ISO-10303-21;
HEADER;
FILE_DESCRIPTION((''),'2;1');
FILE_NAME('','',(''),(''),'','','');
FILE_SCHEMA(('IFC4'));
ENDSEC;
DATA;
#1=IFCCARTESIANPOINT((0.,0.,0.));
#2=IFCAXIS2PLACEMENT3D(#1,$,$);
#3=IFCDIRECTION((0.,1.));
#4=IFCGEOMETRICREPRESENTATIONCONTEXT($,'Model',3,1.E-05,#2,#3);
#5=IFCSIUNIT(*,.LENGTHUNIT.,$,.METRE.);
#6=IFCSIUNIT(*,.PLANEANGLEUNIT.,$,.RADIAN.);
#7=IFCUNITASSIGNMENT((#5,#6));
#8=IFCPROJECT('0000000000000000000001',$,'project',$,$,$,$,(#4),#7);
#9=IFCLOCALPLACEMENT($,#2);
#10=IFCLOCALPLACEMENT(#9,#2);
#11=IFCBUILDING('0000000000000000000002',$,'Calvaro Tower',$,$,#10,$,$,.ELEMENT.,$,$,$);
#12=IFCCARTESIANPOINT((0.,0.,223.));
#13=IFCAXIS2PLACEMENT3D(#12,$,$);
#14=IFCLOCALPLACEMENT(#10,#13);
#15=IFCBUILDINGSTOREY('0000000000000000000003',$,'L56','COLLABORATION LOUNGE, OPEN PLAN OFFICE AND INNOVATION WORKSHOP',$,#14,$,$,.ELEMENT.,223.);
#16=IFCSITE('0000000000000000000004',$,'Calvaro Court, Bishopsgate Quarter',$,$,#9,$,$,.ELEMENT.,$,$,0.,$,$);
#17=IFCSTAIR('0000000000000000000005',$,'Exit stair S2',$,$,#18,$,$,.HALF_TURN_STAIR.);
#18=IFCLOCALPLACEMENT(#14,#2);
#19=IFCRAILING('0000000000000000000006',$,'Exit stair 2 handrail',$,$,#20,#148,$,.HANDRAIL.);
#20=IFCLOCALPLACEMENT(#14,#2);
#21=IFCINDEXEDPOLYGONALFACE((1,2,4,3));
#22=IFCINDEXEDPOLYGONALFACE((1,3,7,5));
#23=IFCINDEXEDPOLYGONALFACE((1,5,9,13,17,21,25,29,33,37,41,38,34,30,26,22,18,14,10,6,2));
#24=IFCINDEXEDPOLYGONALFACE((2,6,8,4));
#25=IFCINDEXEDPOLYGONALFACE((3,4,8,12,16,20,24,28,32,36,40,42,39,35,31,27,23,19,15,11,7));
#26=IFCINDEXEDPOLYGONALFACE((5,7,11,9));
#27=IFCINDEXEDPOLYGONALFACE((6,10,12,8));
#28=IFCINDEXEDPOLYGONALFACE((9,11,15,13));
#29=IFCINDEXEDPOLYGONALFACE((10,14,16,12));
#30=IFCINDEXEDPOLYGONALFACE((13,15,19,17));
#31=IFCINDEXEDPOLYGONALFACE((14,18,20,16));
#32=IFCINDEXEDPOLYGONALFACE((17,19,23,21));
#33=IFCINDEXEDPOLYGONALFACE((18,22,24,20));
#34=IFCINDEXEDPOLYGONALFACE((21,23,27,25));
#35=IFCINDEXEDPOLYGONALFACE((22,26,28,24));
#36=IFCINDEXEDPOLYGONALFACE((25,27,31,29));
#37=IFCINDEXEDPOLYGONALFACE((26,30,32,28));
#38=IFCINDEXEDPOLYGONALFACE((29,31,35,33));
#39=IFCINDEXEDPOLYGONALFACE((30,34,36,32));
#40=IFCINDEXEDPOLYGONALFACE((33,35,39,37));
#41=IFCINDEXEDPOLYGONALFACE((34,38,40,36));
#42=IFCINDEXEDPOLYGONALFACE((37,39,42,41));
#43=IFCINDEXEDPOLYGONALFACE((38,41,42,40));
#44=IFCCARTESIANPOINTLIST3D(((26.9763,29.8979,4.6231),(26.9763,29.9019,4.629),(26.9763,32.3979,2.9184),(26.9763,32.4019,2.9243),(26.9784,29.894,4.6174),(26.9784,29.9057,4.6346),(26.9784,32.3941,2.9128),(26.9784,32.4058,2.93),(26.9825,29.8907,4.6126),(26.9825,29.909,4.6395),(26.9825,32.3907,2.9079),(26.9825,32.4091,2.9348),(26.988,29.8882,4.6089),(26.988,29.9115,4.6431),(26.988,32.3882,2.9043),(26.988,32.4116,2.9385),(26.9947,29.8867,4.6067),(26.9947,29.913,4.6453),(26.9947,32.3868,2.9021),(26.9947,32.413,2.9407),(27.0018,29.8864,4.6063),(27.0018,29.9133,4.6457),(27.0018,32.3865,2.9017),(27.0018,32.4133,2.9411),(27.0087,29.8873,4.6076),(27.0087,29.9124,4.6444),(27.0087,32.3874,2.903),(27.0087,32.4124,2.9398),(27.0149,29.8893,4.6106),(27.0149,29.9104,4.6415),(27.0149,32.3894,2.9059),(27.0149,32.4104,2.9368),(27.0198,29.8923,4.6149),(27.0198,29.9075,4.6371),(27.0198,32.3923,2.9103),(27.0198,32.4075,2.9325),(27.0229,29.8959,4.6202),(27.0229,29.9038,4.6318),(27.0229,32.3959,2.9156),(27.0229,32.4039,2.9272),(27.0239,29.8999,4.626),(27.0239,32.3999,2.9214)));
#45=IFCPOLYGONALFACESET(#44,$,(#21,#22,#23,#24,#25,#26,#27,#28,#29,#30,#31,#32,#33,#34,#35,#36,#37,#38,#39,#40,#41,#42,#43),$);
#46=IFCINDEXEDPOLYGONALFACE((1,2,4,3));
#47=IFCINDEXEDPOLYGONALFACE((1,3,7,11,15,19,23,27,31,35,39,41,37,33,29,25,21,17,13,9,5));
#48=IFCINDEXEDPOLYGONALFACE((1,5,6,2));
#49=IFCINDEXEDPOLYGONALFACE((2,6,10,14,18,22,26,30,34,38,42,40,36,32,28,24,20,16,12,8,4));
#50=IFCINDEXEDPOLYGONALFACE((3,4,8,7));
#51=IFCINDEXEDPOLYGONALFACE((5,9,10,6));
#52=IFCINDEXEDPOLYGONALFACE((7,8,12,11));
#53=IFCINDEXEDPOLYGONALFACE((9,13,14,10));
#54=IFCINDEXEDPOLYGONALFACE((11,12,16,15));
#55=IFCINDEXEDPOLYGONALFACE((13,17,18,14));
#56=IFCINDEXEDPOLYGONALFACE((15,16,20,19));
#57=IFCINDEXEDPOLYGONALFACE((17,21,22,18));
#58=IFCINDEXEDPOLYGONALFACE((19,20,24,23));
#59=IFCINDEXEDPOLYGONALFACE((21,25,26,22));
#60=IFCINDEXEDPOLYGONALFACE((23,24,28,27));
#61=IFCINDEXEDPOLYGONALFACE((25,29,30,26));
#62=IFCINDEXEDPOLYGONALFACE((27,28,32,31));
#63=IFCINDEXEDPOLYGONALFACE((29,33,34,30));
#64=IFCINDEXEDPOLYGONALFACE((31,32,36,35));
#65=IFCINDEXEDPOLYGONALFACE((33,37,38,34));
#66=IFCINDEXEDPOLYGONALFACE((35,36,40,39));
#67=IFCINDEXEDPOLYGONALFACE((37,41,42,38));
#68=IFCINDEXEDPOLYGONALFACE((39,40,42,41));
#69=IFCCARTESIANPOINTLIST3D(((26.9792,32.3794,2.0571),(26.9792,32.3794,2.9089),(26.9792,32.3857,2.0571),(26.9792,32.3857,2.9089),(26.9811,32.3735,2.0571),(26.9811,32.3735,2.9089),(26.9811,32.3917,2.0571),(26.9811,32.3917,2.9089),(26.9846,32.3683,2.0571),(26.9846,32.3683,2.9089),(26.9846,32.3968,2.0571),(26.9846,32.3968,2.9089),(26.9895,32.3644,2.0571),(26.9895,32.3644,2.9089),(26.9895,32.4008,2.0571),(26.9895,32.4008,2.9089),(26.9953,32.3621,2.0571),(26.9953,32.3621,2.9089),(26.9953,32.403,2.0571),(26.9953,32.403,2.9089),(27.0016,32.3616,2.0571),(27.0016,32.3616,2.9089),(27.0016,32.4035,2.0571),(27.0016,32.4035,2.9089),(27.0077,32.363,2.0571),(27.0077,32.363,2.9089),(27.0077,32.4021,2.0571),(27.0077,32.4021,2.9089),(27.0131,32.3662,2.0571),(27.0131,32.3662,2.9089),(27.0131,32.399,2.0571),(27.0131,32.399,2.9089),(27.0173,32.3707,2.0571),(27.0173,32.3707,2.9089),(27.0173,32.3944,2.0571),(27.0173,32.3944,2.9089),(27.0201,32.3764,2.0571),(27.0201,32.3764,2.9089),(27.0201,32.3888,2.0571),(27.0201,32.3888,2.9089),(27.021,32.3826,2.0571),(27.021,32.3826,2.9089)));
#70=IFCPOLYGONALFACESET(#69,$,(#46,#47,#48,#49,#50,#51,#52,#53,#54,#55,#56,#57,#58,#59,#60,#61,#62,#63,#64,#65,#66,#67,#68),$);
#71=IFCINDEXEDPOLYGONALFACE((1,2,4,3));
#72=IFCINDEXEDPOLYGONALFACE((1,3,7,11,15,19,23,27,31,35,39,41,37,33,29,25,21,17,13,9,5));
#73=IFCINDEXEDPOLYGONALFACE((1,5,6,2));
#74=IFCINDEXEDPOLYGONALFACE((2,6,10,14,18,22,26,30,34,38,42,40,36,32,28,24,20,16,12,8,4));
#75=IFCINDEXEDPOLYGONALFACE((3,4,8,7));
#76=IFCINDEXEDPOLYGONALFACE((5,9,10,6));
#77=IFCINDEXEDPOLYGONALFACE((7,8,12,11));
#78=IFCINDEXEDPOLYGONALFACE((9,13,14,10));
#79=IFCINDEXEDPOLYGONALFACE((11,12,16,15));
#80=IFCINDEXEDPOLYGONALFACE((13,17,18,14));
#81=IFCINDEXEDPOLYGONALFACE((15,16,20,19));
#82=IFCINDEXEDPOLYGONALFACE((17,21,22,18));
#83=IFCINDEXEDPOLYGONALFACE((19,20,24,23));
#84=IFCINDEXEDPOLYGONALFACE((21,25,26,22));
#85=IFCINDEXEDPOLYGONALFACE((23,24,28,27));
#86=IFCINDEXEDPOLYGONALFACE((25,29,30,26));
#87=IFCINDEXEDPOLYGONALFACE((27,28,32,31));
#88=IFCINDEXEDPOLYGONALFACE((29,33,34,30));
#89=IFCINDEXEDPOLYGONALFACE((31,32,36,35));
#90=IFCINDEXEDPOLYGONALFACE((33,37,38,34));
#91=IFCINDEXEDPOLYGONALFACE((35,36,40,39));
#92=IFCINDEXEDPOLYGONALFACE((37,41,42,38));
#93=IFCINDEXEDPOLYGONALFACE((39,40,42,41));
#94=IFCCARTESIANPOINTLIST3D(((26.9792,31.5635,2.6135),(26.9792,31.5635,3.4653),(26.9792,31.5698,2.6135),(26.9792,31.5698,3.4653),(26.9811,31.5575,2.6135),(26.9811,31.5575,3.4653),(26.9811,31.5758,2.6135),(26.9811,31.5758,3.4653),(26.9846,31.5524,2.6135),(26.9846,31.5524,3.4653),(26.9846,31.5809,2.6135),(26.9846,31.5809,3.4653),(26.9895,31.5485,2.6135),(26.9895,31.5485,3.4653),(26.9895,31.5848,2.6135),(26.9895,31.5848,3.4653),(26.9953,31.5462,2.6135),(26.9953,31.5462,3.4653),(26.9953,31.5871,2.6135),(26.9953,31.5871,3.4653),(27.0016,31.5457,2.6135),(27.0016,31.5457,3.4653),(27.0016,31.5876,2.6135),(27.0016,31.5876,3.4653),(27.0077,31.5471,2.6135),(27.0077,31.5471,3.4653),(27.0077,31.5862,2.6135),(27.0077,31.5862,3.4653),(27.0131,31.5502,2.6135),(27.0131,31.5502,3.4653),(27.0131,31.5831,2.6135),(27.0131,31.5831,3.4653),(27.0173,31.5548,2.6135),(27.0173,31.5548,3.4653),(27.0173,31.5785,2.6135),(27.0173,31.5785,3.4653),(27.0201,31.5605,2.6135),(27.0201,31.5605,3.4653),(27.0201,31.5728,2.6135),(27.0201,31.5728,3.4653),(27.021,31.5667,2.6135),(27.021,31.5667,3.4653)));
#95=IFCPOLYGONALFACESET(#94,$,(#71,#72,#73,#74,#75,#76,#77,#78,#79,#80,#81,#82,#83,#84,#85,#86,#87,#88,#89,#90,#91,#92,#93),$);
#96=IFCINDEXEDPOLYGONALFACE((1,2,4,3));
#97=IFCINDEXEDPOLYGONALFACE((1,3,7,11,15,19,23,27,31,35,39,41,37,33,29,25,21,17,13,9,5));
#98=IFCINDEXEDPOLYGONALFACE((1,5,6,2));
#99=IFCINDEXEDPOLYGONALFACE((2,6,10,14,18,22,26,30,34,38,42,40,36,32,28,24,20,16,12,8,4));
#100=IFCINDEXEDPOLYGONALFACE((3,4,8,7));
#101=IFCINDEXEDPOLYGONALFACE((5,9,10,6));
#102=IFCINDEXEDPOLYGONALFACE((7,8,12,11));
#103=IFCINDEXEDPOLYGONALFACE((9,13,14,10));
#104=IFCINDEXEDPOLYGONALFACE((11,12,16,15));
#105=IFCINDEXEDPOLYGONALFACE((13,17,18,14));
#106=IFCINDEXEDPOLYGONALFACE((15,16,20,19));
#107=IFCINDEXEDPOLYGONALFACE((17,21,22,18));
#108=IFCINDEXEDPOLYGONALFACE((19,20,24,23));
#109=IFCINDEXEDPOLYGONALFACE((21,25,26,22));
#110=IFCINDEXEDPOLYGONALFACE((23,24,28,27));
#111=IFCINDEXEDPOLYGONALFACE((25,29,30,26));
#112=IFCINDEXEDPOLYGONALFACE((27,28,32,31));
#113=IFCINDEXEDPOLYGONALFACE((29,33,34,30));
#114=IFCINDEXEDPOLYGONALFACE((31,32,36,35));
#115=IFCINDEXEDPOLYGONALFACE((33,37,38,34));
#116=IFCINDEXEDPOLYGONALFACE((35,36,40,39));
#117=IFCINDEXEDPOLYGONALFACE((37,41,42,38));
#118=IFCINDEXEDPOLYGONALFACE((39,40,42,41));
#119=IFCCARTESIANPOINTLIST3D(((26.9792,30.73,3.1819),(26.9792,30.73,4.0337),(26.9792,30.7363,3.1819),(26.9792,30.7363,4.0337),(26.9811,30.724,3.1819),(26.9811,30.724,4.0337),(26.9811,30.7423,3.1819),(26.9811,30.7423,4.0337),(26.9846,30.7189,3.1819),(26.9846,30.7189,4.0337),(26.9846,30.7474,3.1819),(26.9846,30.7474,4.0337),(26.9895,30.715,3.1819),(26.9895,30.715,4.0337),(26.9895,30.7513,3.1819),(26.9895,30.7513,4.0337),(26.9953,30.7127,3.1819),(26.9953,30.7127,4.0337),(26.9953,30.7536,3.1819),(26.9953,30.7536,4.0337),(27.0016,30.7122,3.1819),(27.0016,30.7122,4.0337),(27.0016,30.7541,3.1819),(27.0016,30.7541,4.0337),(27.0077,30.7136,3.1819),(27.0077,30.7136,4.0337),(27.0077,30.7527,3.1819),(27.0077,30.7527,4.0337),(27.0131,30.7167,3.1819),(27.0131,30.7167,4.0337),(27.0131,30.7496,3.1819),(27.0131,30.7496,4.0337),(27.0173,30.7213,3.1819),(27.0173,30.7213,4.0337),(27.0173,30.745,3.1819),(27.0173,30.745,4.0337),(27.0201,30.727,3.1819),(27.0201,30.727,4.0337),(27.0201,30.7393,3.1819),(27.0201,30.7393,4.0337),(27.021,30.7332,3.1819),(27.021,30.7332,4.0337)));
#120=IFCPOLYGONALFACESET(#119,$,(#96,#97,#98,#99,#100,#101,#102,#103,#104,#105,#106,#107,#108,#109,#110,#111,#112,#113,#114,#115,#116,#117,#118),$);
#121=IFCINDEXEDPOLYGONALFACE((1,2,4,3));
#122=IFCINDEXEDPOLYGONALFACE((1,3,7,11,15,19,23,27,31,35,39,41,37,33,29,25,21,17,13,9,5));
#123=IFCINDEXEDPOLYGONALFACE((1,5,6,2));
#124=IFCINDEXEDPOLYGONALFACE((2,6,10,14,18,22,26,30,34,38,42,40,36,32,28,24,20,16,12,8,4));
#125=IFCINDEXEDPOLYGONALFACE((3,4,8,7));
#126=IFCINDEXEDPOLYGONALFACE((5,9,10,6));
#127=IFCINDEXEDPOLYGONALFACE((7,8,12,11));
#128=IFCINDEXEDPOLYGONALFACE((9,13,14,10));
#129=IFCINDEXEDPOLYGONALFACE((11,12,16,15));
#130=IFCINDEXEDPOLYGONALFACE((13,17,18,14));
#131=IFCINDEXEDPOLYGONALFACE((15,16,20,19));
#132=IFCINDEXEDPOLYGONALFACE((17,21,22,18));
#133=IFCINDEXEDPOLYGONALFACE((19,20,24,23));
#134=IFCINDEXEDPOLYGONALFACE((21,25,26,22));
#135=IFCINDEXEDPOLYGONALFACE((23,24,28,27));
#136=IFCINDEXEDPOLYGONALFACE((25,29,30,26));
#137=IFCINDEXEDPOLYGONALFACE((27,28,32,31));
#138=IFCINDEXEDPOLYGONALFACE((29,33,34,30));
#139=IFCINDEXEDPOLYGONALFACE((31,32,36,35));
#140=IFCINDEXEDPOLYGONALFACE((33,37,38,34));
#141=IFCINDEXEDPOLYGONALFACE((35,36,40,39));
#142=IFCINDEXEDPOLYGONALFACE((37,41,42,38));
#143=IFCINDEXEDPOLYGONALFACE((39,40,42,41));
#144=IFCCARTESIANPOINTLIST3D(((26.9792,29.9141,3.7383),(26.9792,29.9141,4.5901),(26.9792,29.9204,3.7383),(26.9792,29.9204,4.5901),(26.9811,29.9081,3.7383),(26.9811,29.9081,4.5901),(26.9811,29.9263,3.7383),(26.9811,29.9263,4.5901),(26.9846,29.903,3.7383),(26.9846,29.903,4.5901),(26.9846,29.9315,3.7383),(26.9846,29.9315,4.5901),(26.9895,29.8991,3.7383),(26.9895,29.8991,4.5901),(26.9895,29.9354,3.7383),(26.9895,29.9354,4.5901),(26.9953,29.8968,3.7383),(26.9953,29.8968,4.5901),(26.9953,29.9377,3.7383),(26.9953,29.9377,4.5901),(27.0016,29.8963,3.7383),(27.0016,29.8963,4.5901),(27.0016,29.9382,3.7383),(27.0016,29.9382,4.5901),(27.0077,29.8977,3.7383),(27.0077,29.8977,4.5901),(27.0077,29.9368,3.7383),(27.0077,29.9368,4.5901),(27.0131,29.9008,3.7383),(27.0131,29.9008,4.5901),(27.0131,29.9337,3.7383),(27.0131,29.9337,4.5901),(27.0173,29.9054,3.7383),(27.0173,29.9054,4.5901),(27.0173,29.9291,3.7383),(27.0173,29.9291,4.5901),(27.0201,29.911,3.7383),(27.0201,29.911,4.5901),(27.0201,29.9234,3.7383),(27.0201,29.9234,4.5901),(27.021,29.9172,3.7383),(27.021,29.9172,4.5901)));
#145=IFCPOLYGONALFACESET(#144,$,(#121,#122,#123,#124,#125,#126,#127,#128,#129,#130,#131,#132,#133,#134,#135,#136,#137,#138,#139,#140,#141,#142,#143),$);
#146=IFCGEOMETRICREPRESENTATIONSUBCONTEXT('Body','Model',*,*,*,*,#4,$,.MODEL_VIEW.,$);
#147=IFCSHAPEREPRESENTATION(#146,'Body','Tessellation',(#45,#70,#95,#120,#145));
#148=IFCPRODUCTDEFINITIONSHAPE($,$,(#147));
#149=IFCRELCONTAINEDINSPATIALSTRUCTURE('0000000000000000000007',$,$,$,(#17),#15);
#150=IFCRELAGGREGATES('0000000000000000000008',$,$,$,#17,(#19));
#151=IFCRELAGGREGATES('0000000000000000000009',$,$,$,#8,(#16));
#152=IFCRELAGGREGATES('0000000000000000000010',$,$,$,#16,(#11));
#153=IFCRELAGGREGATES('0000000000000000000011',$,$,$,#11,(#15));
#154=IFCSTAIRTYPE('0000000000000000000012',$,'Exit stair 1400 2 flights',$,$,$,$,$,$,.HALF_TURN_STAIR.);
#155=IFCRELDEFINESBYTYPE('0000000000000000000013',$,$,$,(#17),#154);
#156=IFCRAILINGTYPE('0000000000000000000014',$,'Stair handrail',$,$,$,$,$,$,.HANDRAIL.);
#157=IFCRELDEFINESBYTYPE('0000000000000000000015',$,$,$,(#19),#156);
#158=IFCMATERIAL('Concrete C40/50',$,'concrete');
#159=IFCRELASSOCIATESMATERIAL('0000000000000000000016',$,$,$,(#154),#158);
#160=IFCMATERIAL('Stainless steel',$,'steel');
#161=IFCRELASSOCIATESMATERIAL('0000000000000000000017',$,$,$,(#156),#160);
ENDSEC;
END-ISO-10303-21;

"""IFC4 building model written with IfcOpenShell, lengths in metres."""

from ifc_helpers import new_model, si_unit, direction, frame, origin, origin_2d, place, context, subcontext, project, spatial, circle, extrude, material, type_object, element, aggregate, save


model = new_model("IFC4")

# Units and contexts
model_context = context("Model", 3, precision=1e-05, world=origin(), true_north=direction((0.0, 1.0)))
body_context = subcontext(model_context, "Body", "Model", "MODEL_VIEW")
ifc_project = project(units=[si_unit("LENGTHUNIT", "METRE"), si_unit("PLANEANGLEUNIT", "RADIAN")], contexts=[model_context])

# Site, building, storey
site_placement = place(None, origin())
site = spatial("IfcSite", under=ifc_project, at=site_placement, Name="Calvaro Court, Bishopsgate Quarter", CompositionType="ELEMENT", RefElevation=0.0)
building_placement = place(site_placement, origin())
building = spatial("IfcBuilding", under=site, at=building_placement, Name="Calvaro Tower", CompositionType="ELEMENT")
storey_placement = place(building_placement, frame((0.0, 0.0, 223.0)))
storey = spatial("IfcBuildingStorey", under=building, at=storey_placement, Name="L56", Description="COLLABORATION LOUNGE, OPEN PLAN OFFICE AND INNOVATION WORKSHOP", CompositionType="ELEMENT", Elevation=223.0)

# Stair, railing
ifc_material_1 = material(Name="Concrete C40/50", Category="concrete")
stair_type = type_object("IfcStairType", Name="Exit stair 1400 2 flights", PredefinedType="HALF_TURN_STAIR", material=ifc_material_1)
stair_placement = place(storey_placement, origin())
stair = element("IfcStair", 1, at=stair_placement, inside=storey, type_object=stair_type, Name="Exit stair S2", PredefinedType="HALF_TURN_STAIR")
ifc_material_2 = material(Name="Stainless steel", Category="steel")
railing_type = type_object("IfcRailingType", Name="Stair handrail", PredefinedType="HANDRAIL", material=ifc_material_2)
railing_placement = place(storey_placement, frame((27.0, 32.3999, 2.0454)))
railing = element("IfcRailing", 2, at=railing_placement, type_object=railing_type, Name="Exit stair 2 handrail", PredefinedType="HANDRAIL", context=body_context, shape_type="SweptSolid", body=[
    extrude(circle(Radius=0.0239, at=origin_2d()), frame((0.0, 0.0, 0.876), z_axis=(0.0, -0.826221, 0.563347), x_axis=(1.0, 0.0, 0.0)), (0.0, 0.0, 1.0), 3.0259),
    extrude(circle(Radius=0.021, at=origin_2d()), frame((0.0, -0.0173, 0.0117)), (0.0, 0.0, 1.0), 0.8518),
    extrude(circle(Radius=0.021, at=origin_2d()), frame((0.0, -0.8333, 0.5681)), (0.0, 0.0, 1.0), 0.8518),
    extrude(circle(Radius=0.021, at=origin_2d()), frame((0.0, -1.6667, 1.1365)), (0.0, 0.0, 1.0), 0.8518),
    extrude(circle(Radius=0.021, at=origin_2d()), frame((0.0, -2.4827, 1.6929)), (0.0, 0.0, 1.0), 0.8518),
])
aggregate(stair, [railing])

save(model, "model.ifc")
